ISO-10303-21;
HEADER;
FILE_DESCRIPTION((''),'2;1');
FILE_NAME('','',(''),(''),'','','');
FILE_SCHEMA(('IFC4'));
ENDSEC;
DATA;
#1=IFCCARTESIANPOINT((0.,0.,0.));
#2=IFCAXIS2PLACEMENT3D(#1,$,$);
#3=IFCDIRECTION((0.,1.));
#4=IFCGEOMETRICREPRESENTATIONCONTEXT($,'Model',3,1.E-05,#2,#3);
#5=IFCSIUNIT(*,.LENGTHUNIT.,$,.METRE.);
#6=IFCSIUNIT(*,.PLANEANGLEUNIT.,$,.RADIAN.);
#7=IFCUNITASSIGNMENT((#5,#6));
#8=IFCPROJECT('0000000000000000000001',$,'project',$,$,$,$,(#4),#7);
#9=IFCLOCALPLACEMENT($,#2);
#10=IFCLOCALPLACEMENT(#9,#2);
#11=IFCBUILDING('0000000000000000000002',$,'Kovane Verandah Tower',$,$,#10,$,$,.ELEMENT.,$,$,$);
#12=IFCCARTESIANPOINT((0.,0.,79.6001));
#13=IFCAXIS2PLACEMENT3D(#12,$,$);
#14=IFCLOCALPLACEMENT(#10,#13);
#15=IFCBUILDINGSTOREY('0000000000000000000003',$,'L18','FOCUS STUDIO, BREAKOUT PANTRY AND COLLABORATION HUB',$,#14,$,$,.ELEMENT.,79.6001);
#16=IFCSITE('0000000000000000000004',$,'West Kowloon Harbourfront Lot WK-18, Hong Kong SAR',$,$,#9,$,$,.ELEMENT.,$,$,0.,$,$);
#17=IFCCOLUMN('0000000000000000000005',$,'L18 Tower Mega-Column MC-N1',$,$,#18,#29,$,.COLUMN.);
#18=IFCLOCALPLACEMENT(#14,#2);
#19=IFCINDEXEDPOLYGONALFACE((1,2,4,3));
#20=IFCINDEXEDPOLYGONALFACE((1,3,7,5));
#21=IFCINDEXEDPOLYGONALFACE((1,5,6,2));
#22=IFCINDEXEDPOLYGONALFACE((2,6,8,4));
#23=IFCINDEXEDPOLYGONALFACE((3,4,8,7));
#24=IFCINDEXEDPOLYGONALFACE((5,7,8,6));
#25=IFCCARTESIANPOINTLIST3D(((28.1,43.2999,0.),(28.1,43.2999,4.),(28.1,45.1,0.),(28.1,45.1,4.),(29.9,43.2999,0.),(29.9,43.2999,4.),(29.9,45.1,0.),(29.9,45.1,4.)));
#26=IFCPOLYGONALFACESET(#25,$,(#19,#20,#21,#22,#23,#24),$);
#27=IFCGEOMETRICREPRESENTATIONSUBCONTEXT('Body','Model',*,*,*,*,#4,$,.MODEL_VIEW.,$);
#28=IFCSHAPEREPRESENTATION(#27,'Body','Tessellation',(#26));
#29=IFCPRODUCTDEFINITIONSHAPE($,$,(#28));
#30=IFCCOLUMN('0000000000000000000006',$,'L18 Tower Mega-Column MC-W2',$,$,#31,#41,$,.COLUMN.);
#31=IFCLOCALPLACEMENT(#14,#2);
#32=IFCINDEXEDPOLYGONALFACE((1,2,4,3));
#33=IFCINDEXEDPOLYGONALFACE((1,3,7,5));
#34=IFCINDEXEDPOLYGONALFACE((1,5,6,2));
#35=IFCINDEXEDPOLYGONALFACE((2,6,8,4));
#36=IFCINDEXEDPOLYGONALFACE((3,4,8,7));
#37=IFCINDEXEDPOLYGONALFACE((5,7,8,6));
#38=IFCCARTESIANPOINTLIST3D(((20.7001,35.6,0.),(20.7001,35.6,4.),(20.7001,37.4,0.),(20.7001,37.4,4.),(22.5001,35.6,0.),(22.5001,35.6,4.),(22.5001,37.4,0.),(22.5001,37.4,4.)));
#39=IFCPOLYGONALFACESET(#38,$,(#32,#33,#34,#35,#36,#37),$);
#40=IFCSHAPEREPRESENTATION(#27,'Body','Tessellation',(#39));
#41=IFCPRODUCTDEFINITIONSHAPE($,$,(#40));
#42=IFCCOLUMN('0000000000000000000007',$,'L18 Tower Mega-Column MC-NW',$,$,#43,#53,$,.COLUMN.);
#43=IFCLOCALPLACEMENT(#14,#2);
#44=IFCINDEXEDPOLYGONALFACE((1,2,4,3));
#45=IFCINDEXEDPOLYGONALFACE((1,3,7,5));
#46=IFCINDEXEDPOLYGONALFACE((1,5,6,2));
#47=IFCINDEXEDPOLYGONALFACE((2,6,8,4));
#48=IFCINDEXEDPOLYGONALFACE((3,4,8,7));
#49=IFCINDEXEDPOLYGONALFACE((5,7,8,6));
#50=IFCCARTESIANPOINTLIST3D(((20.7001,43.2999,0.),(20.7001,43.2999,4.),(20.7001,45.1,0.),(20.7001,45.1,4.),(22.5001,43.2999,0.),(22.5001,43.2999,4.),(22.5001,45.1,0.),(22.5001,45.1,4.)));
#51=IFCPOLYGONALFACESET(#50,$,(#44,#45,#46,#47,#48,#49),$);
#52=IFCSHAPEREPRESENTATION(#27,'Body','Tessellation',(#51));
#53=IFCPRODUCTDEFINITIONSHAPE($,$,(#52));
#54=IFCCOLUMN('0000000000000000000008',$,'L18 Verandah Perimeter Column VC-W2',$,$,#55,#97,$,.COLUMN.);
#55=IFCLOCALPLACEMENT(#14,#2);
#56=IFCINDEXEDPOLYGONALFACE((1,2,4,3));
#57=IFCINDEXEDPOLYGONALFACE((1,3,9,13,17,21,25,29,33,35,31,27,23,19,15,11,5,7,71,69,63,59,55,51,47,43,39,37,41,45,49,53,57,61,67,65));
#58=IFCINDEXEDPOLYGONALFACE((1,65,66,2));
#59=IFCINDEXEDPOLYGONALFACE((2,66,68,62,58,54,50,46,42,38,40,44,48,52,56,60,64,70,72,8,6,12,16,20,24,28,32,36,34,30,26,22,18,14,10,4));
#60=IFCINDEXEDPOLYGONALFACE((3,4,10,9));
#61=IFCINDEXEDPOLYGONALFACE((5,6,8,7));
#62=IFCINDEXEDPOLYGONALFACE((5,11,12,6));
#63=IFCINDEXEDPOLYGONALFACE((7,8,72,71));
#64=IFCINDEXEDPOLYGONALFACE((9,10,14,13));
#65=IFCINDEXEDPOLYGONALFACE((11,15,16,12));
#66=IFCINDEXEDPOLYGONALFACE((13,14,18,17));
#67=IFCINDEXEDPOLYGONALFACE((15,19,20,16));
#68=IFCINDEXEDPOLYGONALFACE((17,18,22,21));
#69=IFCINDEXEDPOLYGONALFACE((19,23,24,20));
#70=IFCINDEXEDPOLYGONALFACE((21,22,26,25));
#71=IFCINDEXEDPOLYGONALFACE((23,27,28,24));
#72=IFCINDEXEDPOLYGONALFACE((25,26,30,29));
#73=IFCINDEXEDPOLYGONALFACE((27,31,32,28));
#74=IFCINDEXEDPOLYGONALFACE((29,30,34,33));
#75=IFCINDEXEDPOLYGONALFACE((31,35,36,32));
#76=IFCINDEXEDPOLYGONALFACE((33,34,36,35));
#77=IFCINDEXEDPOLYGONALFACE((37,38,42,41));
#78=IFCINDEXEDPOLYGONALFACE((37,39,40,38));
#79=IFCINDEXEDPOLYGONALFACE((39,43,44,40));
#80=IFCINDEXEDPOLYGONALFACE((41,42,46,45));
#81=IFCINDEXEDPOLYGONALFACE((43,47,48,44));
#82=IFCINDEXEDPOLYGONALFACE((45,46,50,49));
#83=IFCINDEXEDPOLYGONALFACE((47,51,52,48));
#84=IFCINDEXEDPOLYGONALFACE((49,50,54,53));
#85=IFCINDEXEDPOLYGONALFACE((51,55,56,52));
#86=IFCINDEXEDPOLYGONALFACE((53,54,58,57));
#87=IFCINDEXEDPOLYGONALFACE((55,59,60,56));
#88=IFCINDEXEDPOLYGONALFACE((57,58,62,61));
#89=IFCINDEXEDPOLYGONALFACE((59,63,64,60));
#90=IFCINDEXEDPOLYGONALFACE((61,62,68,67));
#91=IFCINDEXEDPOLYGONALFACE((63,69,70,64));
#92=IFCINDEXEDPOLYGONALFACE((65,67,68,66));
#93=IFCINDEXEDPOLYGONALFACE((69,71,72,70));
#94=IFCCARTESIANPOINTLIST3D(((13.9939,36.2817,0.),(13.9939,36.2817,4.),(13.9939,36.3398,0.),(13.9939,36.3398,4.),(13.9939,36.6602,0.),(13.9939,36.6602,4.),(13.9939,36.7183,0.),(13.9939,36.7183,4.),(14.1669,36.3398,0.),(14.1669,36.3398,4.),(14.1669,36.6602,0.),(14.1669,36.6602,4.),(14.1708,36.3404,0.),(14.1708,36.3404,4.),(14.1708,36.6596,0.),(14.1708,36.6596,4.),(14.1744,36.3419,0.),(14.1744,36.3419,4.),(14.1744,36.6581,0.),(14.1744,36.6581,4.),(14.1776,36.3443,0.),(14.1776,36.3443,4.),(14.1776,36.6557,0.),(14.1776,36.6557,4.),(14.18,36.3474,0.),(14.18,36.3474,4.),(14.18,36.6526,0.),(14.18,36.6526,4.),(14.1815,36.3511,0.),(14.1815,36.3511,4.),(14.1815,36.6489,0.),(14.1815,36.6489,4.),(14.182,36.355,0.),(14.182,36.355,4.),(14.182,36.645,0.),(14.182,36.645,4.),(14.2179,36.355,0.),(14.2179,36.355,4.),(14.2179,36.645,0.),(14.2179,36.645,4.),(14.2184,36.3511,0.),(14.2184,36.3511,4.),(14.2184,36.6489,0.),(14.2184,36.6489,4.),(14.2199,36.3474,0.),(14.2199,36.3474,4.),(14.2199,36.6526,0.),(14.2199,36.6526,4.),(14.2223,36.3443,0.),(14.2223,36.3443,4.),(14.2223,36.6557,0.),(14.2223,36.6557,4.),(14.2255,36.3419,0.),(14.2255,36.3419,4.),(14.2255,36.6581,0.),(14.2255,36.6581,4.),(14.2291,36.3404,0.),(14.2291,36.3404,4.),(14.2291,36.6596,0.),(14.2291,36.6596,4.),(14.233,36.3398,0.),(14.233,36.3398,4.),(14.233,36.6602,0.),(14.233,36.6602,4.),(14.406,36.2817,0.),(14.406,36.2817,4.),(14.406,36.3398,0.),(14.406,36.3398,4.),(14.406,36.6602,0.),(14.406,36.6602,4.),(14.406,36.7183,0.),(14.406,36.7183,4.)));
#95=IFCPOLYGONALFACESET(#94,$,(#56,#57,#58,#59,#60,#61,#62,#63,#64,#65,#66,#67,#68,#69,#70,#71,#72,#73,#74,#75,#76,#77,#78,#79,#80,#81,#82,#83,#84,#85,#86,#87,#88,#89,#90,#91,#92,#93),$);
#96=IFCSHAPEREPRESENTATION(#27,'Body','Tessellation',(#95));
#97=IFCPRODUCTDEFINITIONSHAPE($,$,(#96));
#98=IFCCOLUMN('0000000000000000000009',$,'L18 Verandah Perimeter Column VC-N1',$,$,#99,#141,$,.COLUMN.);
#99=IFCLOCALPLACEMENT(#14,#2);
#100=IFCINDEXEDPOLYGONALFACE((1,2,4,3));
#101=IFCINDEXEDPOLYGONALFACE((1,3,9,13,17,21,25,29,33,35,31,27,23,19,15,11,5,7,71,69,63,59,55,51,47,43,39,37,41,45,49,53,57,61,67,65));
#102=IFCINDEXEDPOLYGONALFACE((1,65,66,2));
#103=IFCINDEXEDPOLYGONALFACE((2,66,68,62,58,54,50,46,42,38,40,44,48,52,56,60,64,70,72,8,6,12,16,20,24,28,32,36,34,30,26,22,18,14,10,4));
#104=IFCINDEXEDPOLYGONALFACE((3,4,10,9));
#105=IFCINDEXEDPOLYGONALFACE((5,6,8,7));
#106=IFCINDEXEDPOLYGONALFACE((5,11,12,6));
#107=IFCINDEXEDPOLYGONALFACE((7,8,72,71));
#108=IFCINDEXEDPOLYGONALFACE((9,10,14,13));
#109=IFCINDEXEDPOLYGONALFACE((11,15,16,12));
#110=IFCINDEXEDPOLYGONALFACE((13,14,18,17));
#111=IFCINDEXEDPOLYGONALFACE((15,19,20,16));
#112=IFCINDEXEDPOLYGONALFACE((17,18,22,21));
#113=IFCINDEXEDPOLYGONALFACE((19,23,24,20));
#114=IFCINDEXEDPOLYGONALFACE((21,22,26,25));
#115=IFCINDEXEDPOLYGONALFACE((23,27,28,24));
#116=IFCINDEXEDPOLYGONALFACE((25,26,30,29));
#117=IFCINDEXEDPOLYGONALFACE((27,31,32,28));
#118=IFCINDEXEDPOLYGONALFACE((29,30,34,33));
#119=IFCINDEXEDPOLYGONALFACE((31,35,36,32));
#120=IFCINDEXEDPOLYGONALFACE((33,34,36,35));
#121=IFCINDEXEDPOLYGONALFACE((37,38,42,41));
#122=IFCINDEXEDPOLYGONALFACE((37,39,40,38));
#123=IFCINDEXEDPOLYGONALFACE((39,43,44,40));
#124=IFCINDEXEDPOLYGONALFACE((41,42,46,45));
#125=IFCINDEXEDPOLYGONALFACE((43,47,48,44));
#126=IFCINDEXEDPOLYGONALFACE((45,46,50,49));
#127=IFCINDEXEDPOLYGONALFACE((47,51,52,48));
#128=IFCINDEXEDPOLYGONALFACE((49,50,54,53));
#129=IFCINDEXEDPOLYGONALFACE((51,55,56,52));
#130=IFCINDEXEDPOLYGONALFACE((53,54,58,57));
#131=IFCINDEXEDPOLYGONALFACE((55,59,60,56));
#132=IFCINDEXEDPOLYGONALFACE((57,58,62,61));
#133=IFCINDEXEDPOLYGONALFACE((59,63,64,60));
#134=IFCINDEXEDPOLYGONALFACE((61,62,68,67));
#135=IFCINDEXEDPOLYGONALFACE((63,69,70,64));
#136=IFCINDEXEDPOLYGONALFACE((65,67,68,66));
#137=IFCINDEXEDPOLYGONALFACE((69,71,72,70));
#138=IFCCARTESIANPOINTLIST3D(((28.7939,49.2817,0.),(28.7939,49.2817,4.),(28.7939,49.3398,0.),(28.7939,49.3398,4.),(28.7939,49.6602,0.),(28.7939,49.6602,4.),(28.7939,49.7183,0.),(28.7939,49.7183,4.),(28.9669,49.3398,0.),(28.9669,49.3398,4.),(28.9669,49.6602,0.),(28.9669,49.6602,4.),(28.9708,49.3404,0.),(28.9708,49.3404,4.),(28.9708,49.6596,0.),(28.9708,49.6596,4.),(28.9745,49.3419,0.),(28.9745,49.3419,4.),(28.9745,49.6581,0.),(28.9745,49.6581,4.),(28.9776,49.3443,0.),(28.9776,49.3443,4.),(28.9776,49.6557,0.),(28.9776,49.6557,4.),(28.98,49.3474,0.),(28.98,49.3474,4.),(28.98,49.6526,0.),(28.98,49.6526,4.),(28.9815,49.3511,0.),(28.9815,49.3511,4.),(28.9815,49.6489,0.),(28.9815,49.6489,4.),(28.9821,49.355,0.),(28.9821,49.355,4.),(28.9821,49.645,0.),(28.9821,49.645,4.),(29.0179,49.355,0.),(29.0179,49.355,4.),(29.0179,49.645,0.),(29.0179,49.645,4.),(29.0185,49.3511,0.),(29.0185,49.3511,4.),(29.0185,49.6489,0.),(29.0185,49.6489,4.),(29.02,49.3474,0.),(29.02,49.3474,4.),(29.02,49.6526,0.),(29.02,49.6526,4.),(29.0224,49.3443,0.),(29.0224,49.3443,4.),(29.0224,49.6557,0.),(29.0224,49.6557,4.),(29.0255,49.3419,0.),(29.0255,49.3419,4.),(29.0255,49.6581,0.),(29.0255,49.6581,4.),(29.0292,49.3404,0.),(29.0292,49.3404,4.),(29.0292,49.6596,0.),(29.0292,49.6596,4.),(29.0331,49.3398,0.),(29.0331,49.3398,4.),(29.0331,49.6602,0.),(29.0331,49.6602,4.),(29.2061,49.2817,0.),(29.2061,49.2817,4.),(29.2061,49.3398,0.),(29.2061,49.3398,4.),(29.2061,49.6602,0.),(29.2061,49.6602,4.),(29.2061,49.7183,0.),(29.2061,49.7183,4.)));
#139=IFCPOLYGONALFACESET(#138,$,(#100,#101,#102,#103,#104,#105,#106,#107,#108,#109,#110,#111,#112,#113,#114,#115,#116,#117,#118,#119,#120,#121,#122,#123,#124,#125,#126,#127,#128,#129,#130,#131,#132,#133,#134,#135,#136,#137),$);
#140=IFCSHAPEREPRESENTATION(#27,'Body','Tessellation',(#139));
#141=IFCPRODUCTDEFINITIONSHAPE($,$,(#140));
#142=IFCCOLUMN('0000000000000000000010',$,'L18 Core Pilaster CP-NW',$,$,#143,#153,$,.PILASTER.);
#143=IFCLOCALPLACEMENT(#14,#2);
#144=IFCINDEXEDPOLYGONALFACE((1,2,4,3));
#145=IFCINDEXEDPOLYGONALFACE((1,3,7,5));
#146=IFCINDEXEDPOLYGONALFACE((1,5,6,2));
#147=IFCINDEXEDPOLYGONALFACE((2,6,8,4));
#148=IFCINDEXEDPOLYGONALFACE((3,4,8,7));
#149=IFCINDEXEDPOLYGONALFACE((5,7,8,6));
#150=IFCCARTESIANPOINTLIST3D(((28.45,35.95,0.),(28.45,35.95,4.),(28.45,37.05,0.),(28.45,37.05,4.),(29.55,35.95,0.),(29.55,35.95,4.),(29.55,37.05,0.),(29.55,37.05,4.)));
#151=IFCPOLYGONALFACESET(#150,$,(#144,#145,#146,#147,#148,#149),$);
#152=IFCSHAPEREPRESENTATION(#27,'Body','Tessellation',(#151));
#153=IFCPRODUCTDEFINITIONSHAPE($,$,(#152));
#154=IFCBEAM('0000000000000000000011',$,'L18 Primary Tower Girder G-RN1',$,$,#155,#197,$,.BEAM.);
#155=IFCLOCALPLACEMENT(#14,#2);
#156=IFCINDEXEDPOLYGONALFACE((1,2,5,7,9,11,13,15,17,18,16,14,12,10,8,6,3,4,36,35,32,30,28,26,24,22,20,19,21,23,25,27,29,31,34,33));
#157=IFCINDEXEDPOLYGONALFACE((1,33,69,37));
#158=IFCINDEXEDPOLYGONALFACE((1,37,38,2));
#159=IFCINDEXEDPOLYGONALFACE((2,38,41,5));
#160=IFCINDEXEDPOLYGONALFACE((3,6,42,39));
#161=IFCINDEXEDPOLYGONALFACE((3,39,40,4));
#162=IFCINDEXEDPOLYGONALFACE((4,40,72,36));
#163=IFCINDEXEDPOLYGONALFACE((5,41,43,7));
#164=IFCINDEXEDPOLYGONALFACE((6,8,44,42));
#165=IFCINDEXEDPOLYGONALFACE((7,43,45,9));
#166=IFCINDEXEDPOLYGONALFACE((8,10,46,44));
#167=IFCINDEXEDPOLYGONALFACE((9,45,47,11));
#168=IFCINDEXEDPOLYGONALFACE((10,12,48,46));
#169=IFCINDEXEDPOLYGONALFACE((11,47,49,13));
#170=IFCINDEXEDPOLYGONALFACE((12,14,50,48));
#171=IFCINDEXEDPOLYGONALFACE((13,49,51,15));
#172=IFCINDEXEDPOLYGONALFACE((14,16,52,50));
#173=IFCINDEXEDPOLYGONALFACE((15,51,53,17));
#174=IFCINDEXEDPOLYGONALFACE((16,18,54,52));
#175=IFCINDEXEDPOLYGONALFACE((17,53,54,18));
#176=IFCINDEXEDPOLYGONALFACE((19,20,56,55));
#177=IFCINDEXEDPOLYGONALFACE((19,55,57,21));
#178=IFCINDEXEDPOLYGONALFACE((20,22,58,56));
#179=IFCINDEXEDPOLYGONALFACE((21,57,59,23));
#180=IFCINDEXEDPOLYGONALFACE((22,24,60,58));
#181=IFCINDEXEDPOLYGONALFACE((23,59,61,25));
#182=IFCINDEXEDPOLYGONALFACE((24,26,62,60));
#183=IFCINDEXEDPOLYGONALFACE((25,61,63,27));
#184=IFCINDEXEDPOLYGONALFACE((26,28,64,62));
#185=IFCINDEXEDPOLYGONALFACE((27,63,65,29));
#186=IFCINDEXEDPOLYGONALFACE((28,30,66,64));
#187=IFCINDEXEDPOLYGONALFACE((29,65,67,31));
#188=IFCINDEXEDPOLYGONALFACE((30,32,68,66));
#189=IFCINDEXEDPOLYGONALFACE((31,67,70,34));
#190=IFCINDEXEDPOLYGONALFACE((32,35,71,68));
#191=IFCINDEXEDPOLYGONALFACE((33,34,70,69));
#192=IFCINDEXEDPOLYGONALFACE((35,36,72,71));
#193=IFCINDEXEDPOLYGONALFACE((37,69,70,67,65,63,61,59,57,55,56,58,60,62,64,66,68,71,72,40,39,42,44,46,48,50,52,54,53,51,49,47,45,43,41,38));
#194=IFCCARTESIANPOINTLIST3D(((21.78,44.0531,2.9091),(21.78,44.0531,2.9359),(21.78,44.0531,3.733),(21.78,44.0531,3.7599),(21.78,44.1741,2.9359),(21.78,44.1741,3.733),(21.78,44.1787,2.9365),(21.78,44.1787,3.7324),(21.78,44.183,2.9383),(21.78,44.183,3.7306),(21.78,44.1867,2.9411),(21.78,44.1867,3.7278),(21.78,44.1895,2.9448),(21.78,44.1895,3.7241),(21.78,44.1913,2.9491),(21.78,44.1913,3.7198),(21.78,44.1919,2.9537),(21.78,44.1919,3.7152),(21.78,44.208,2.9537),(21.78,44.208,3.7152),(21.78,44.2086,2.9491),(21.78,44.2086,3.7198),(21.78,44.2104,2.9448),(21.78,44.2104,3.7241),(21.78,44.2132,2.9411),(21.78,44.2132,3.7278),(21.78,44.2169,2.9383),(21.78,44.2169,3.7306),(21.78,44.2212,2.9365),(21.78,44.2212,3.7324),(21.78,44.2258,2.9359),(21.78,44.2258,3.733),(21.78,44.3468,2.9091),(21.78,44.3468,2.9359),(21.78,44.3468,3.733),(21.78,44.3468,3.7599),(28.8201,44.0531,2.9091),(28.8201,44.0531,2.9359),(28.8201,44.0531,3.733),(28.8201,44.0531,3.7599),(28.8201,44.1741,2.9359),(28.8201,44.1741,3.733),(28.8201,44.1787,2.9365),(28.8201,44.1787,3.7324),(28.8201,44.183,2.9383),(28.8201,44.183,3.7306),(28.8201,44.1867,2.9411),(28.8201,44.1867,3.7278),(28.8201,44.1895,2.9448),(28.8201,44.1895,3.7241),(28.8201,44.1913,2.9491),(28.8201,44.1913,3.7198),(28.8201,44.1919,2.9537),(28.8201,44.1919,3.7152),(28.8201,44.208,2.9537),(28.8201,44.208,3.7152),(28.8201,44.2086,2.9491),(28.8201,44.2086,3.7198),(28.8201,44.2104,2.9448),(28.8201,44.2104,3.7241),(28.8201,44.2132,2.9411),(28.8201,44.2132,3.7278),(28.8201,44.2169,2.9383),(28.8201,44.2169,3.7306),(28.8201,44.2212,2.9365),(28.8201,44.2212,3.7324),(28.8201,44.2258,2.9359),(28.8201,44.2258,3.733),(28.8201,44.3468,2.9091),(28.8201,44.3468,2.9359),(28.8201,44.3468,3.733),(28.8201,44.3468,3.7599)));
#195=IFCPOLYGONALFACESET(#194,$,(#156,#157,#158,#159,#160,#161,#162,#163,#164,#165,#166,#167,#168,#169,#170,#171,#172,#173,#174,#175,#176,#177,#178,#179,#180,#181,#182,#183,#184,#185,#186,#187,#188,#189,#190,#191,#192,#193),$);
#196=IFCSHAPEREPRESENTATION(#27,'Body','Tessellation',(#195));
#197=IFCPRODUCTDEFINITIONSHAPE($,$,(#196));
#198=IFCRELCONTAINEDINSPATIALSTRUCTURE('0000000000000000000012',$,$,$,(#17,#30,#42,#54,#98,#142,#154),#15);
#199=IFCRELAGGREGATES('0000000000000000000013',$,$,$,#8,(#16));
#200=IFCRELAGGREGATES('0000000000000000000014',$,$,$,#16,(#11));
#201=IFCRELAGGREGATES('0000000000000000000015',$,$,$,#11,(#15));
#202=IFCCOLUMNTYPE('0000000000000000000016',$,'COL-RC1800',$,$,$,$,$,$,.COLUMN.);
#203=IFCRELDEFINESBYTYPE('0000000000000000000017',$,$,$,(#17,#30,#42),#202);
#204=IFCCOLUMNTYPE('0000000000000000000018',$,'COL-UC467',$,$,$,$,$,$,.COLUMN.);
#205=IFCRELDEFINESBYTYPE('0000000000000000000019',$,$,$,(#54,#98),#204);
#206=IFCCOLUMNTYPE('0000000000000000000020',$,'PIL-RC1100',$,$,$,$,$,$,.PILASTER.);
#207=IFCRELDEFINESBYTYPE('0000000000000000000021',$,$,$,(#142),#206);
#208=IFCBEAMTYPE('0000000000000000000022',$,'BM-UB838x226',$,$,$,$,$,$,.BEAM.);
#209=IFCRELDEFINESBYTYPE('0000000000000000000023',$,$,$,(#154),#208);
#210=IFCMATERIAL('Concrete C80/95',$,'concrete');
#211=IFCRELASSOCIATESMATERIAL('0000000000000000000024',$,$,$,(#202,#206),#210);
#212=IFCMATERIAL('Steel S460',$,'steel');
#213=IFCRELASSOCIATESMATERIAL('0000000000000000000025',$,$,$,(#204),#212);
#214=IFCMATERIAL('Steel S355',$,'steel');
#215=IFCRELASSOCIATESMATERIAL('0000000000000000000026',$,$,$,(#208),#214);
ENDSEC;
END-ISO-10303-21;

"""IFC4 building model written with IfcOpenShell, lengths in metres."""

from ifc_helpers import new_model, si_unit, direction, frame, origin, origin_2d, place, context, subcontext, project, spatial, rectangle, i_section, extrude, material, material_profile, profile_set, type_object, element, save


model = new_model("IFC4")

# Units and contexts
model_context = context("Model", 3, precision=1e-05, world=origin(), true_north=direction((0.0, 1.0)))
body_context = subcontext(model_context, "Body", "Model", "MODEL_VIEW")
ifc_project = project(units=[si_unit("LENGTHUNIT", "METRE"), si_unit("PLANEANGLEUNIT", "RADIAN")], contexts=[model_context])

# Site, building, storey
site_placement = place(None, origin())
site = spatial("IfcSite", under=ifc_project, at=site_placement, Name="West Kowloon Harbourfront Lot WK-18, Hong Kong SAR", CompositionType="ELEMENT", RefElevation=0.0)
building_placement = place(site_placement, origin())
building = spatial("IfcBuilding", under=site, at=building_placement, Name="Kovane Verandah Tower", CompositionType="ELEMENT")
storey_placement = place(building_placement, frame((0.0, 0.0, 79.6001)))
storey = spatial("IfcBuildingStorey", under=building, at=storey_placement, Name="L18", Description="FOCUS STUDIO, BREAKOUT PANTRY AND COLLABORATION HUB", CompositionType="ELEMENT", Elevation=79.6001)

# Columns
ifc_material_1 = material(Name="Concrete C80/95", Category="concrete")
ifc_material_profile_1 = material_profile(ifc_material_1, rectangle(XDim=1.8, YDim=1.8, at=origin_2d()), Name="RC1800x1800")
ifc_profile_set_1 = profile_set([ifc_material_profile_1], Name="Concrete C80/95")
column_type_1 = type_object("IfcColumnType", Name="COL-RC1800", PredefinedType="COLUMN", material=ifc_profile_set_1)
for number, where, z_axis, x_axis, name in (
    (1, (29.0, 44.2, 0.0), (0.0, 0.0, 1.0), (1.0, 0.0, 0.0), "L18 Tower Mega-Column MC-N1"),
    (2, (21.6001, 36.5, 0.0), (0.0, 0.0, 1.0), (1.0, 0.0, 0.0), "L18 Tower Mega-Column MC-W2"),
    (3, (21.6001, 44.2, 0.0), (0.0, 0.0, 1.0), (1.0, 0.0, 0.0), "L18 Tower Mega-Column MC-NW"),
):
    element("IfcColumn", number, at=place(storey_placement, frame(where, z_axis=z_axis, x_axis=x_axis)), inside=storey, type_object=column_type_1, Name=name, PredefinedType="COLUMN", context=body_context, shape_type="SweptSolid", body=[
        extrude(rectangle(XDim=1.8, YDim=1.8, at=origin_2d()), origin(), (0.0, 0.0, 1.0), 4.0),
    ])
ifc_material_2 = material(Name="Steel S460", Category="steel")
ifc_material_profile_2 = material_profile(ifc_material_2, i_section(OverallWidth=0.4121, OverallDepth=0.4365, WebThickness=0.0359, FlangeThickness=0.0581, FilletRadius=0.0151, at=origin_2d()), Name="UC356x406x467")
ifc_profile_set_2 = profile_set([ifc_material_profile_2], Name="Steel S460")
column_type_2 = type_object("IfcColumnType", Name="COL-UC467", PredefinedType="COLUMN", material=ifc_profile_set_2)
for number, where, z_axis, x_axis, name in (
    (4, (14.2, 36.5, 0.0), (0.0, 0.0, 1.0), (1.0, 0.0, 0.0), "L18 Verandah Perimeter Column VC-W2"),
    (5, (29.0, 49.5, 0.0), (0.0, 0.0, 1.0), (1.0, 0.0, 0.0), "L18 Verandah Perimeter Column VC-N1"),
):
    element("IfcColumn", number, at=place(storey_placement, frame(where, z_axis=z_axis, x_axis=x_axis)), inside=storey, type_object=column_type_2, Name=name, PredefinedType="COLUMN", context=body_context, shape_type="SweptSolid", body=[
        extrude(i_section(OverallWidth=0.4121, OverallDepth=0.4365, WebThickness=0.0359, FlangeThickness=0.0581, FilletRadius=0.0151, at=origin_2d()), origin(), (0.0, 0.0, 1.0), 4.0),
    ])
ifc_material_profile_3 = material_profile(ifc_material_1, rectangle(XDim=1.1001, YDim=1.1001, at=origin_2d()), Name="RC1100x1100")
ifc_profile_set_3 = profile_set([ifc_material_profile_3], Name="Concrete C80/95")
column_type_3 = type_object("IfcColumnType", Name="PIL-RC1100", PredefinedType="PILASTER", material=ifc_profile_set_3)
column_placement = place(storey_placement, frame((29.0, 36.5, 0.0), z_axis=(0.0, 0.0, 1.0), x_axis=(1.0, 0.0, 0.0)))
element("IfcColumn", 6, at=column_placement, inside=storey, type_object=column_type_3, Name="L18 Core Pilaster CP-NW", PredefinedType="PILASTER", context=body_context, shape_type="SweptSolid", body=[
    extrude(rectangle(XDim=1.1001, YDim=1.1001, at=origin_2d()), origin(), (0.0, 0.0, 1.0), 4.0),
])

# Beam
ifc_material_3 = material(Name="Steel S355", Category="steel")
ifc_material_profile_4 = material_profile(ifc_material_3, i_section(OverallWidth=0.2937, OverallDepth=0.8508, WebThickness=0.0161, FlangeThickness=0.0269, FilletRadius=0.0178, at=origin_2d()), Name="UB838x292x226")
ifc_profile_set_4 = profile_set([ifc_material_profile_4], Name="Steel S355")
beam_type_1 = type_object("IfcBeamType", Name="BM-UB838x226", PredefinedType="BEAM", material=ifc_profile_set_4)
beam_1_placement = place(storey_placement, frame((21.78, 44.2, 3.3345), z_axis=(1.0, 0.0, 0.0), x_axis=(0.0, 1.0, 0.0)))
element("IfcBeam", 7, at=beam_1_placement, inside=storey, type_object=beam_type_1, Name="L18 Primary Tower Girder G-RN1", PredefinedType="BEAM", context=body_context, shape_type="SweptSolid", body=[
    extrude(i_section(OverallWidth=0.2937, OverallDepth=0.8508, WebThickness=0.0161, FlangeThickness=0.0269, FilletRadius=0.0178, at=origin_2d()), origin(), (0.0, 0.0, 1.0), 7.04),
])

save(model, "model.ifc")
